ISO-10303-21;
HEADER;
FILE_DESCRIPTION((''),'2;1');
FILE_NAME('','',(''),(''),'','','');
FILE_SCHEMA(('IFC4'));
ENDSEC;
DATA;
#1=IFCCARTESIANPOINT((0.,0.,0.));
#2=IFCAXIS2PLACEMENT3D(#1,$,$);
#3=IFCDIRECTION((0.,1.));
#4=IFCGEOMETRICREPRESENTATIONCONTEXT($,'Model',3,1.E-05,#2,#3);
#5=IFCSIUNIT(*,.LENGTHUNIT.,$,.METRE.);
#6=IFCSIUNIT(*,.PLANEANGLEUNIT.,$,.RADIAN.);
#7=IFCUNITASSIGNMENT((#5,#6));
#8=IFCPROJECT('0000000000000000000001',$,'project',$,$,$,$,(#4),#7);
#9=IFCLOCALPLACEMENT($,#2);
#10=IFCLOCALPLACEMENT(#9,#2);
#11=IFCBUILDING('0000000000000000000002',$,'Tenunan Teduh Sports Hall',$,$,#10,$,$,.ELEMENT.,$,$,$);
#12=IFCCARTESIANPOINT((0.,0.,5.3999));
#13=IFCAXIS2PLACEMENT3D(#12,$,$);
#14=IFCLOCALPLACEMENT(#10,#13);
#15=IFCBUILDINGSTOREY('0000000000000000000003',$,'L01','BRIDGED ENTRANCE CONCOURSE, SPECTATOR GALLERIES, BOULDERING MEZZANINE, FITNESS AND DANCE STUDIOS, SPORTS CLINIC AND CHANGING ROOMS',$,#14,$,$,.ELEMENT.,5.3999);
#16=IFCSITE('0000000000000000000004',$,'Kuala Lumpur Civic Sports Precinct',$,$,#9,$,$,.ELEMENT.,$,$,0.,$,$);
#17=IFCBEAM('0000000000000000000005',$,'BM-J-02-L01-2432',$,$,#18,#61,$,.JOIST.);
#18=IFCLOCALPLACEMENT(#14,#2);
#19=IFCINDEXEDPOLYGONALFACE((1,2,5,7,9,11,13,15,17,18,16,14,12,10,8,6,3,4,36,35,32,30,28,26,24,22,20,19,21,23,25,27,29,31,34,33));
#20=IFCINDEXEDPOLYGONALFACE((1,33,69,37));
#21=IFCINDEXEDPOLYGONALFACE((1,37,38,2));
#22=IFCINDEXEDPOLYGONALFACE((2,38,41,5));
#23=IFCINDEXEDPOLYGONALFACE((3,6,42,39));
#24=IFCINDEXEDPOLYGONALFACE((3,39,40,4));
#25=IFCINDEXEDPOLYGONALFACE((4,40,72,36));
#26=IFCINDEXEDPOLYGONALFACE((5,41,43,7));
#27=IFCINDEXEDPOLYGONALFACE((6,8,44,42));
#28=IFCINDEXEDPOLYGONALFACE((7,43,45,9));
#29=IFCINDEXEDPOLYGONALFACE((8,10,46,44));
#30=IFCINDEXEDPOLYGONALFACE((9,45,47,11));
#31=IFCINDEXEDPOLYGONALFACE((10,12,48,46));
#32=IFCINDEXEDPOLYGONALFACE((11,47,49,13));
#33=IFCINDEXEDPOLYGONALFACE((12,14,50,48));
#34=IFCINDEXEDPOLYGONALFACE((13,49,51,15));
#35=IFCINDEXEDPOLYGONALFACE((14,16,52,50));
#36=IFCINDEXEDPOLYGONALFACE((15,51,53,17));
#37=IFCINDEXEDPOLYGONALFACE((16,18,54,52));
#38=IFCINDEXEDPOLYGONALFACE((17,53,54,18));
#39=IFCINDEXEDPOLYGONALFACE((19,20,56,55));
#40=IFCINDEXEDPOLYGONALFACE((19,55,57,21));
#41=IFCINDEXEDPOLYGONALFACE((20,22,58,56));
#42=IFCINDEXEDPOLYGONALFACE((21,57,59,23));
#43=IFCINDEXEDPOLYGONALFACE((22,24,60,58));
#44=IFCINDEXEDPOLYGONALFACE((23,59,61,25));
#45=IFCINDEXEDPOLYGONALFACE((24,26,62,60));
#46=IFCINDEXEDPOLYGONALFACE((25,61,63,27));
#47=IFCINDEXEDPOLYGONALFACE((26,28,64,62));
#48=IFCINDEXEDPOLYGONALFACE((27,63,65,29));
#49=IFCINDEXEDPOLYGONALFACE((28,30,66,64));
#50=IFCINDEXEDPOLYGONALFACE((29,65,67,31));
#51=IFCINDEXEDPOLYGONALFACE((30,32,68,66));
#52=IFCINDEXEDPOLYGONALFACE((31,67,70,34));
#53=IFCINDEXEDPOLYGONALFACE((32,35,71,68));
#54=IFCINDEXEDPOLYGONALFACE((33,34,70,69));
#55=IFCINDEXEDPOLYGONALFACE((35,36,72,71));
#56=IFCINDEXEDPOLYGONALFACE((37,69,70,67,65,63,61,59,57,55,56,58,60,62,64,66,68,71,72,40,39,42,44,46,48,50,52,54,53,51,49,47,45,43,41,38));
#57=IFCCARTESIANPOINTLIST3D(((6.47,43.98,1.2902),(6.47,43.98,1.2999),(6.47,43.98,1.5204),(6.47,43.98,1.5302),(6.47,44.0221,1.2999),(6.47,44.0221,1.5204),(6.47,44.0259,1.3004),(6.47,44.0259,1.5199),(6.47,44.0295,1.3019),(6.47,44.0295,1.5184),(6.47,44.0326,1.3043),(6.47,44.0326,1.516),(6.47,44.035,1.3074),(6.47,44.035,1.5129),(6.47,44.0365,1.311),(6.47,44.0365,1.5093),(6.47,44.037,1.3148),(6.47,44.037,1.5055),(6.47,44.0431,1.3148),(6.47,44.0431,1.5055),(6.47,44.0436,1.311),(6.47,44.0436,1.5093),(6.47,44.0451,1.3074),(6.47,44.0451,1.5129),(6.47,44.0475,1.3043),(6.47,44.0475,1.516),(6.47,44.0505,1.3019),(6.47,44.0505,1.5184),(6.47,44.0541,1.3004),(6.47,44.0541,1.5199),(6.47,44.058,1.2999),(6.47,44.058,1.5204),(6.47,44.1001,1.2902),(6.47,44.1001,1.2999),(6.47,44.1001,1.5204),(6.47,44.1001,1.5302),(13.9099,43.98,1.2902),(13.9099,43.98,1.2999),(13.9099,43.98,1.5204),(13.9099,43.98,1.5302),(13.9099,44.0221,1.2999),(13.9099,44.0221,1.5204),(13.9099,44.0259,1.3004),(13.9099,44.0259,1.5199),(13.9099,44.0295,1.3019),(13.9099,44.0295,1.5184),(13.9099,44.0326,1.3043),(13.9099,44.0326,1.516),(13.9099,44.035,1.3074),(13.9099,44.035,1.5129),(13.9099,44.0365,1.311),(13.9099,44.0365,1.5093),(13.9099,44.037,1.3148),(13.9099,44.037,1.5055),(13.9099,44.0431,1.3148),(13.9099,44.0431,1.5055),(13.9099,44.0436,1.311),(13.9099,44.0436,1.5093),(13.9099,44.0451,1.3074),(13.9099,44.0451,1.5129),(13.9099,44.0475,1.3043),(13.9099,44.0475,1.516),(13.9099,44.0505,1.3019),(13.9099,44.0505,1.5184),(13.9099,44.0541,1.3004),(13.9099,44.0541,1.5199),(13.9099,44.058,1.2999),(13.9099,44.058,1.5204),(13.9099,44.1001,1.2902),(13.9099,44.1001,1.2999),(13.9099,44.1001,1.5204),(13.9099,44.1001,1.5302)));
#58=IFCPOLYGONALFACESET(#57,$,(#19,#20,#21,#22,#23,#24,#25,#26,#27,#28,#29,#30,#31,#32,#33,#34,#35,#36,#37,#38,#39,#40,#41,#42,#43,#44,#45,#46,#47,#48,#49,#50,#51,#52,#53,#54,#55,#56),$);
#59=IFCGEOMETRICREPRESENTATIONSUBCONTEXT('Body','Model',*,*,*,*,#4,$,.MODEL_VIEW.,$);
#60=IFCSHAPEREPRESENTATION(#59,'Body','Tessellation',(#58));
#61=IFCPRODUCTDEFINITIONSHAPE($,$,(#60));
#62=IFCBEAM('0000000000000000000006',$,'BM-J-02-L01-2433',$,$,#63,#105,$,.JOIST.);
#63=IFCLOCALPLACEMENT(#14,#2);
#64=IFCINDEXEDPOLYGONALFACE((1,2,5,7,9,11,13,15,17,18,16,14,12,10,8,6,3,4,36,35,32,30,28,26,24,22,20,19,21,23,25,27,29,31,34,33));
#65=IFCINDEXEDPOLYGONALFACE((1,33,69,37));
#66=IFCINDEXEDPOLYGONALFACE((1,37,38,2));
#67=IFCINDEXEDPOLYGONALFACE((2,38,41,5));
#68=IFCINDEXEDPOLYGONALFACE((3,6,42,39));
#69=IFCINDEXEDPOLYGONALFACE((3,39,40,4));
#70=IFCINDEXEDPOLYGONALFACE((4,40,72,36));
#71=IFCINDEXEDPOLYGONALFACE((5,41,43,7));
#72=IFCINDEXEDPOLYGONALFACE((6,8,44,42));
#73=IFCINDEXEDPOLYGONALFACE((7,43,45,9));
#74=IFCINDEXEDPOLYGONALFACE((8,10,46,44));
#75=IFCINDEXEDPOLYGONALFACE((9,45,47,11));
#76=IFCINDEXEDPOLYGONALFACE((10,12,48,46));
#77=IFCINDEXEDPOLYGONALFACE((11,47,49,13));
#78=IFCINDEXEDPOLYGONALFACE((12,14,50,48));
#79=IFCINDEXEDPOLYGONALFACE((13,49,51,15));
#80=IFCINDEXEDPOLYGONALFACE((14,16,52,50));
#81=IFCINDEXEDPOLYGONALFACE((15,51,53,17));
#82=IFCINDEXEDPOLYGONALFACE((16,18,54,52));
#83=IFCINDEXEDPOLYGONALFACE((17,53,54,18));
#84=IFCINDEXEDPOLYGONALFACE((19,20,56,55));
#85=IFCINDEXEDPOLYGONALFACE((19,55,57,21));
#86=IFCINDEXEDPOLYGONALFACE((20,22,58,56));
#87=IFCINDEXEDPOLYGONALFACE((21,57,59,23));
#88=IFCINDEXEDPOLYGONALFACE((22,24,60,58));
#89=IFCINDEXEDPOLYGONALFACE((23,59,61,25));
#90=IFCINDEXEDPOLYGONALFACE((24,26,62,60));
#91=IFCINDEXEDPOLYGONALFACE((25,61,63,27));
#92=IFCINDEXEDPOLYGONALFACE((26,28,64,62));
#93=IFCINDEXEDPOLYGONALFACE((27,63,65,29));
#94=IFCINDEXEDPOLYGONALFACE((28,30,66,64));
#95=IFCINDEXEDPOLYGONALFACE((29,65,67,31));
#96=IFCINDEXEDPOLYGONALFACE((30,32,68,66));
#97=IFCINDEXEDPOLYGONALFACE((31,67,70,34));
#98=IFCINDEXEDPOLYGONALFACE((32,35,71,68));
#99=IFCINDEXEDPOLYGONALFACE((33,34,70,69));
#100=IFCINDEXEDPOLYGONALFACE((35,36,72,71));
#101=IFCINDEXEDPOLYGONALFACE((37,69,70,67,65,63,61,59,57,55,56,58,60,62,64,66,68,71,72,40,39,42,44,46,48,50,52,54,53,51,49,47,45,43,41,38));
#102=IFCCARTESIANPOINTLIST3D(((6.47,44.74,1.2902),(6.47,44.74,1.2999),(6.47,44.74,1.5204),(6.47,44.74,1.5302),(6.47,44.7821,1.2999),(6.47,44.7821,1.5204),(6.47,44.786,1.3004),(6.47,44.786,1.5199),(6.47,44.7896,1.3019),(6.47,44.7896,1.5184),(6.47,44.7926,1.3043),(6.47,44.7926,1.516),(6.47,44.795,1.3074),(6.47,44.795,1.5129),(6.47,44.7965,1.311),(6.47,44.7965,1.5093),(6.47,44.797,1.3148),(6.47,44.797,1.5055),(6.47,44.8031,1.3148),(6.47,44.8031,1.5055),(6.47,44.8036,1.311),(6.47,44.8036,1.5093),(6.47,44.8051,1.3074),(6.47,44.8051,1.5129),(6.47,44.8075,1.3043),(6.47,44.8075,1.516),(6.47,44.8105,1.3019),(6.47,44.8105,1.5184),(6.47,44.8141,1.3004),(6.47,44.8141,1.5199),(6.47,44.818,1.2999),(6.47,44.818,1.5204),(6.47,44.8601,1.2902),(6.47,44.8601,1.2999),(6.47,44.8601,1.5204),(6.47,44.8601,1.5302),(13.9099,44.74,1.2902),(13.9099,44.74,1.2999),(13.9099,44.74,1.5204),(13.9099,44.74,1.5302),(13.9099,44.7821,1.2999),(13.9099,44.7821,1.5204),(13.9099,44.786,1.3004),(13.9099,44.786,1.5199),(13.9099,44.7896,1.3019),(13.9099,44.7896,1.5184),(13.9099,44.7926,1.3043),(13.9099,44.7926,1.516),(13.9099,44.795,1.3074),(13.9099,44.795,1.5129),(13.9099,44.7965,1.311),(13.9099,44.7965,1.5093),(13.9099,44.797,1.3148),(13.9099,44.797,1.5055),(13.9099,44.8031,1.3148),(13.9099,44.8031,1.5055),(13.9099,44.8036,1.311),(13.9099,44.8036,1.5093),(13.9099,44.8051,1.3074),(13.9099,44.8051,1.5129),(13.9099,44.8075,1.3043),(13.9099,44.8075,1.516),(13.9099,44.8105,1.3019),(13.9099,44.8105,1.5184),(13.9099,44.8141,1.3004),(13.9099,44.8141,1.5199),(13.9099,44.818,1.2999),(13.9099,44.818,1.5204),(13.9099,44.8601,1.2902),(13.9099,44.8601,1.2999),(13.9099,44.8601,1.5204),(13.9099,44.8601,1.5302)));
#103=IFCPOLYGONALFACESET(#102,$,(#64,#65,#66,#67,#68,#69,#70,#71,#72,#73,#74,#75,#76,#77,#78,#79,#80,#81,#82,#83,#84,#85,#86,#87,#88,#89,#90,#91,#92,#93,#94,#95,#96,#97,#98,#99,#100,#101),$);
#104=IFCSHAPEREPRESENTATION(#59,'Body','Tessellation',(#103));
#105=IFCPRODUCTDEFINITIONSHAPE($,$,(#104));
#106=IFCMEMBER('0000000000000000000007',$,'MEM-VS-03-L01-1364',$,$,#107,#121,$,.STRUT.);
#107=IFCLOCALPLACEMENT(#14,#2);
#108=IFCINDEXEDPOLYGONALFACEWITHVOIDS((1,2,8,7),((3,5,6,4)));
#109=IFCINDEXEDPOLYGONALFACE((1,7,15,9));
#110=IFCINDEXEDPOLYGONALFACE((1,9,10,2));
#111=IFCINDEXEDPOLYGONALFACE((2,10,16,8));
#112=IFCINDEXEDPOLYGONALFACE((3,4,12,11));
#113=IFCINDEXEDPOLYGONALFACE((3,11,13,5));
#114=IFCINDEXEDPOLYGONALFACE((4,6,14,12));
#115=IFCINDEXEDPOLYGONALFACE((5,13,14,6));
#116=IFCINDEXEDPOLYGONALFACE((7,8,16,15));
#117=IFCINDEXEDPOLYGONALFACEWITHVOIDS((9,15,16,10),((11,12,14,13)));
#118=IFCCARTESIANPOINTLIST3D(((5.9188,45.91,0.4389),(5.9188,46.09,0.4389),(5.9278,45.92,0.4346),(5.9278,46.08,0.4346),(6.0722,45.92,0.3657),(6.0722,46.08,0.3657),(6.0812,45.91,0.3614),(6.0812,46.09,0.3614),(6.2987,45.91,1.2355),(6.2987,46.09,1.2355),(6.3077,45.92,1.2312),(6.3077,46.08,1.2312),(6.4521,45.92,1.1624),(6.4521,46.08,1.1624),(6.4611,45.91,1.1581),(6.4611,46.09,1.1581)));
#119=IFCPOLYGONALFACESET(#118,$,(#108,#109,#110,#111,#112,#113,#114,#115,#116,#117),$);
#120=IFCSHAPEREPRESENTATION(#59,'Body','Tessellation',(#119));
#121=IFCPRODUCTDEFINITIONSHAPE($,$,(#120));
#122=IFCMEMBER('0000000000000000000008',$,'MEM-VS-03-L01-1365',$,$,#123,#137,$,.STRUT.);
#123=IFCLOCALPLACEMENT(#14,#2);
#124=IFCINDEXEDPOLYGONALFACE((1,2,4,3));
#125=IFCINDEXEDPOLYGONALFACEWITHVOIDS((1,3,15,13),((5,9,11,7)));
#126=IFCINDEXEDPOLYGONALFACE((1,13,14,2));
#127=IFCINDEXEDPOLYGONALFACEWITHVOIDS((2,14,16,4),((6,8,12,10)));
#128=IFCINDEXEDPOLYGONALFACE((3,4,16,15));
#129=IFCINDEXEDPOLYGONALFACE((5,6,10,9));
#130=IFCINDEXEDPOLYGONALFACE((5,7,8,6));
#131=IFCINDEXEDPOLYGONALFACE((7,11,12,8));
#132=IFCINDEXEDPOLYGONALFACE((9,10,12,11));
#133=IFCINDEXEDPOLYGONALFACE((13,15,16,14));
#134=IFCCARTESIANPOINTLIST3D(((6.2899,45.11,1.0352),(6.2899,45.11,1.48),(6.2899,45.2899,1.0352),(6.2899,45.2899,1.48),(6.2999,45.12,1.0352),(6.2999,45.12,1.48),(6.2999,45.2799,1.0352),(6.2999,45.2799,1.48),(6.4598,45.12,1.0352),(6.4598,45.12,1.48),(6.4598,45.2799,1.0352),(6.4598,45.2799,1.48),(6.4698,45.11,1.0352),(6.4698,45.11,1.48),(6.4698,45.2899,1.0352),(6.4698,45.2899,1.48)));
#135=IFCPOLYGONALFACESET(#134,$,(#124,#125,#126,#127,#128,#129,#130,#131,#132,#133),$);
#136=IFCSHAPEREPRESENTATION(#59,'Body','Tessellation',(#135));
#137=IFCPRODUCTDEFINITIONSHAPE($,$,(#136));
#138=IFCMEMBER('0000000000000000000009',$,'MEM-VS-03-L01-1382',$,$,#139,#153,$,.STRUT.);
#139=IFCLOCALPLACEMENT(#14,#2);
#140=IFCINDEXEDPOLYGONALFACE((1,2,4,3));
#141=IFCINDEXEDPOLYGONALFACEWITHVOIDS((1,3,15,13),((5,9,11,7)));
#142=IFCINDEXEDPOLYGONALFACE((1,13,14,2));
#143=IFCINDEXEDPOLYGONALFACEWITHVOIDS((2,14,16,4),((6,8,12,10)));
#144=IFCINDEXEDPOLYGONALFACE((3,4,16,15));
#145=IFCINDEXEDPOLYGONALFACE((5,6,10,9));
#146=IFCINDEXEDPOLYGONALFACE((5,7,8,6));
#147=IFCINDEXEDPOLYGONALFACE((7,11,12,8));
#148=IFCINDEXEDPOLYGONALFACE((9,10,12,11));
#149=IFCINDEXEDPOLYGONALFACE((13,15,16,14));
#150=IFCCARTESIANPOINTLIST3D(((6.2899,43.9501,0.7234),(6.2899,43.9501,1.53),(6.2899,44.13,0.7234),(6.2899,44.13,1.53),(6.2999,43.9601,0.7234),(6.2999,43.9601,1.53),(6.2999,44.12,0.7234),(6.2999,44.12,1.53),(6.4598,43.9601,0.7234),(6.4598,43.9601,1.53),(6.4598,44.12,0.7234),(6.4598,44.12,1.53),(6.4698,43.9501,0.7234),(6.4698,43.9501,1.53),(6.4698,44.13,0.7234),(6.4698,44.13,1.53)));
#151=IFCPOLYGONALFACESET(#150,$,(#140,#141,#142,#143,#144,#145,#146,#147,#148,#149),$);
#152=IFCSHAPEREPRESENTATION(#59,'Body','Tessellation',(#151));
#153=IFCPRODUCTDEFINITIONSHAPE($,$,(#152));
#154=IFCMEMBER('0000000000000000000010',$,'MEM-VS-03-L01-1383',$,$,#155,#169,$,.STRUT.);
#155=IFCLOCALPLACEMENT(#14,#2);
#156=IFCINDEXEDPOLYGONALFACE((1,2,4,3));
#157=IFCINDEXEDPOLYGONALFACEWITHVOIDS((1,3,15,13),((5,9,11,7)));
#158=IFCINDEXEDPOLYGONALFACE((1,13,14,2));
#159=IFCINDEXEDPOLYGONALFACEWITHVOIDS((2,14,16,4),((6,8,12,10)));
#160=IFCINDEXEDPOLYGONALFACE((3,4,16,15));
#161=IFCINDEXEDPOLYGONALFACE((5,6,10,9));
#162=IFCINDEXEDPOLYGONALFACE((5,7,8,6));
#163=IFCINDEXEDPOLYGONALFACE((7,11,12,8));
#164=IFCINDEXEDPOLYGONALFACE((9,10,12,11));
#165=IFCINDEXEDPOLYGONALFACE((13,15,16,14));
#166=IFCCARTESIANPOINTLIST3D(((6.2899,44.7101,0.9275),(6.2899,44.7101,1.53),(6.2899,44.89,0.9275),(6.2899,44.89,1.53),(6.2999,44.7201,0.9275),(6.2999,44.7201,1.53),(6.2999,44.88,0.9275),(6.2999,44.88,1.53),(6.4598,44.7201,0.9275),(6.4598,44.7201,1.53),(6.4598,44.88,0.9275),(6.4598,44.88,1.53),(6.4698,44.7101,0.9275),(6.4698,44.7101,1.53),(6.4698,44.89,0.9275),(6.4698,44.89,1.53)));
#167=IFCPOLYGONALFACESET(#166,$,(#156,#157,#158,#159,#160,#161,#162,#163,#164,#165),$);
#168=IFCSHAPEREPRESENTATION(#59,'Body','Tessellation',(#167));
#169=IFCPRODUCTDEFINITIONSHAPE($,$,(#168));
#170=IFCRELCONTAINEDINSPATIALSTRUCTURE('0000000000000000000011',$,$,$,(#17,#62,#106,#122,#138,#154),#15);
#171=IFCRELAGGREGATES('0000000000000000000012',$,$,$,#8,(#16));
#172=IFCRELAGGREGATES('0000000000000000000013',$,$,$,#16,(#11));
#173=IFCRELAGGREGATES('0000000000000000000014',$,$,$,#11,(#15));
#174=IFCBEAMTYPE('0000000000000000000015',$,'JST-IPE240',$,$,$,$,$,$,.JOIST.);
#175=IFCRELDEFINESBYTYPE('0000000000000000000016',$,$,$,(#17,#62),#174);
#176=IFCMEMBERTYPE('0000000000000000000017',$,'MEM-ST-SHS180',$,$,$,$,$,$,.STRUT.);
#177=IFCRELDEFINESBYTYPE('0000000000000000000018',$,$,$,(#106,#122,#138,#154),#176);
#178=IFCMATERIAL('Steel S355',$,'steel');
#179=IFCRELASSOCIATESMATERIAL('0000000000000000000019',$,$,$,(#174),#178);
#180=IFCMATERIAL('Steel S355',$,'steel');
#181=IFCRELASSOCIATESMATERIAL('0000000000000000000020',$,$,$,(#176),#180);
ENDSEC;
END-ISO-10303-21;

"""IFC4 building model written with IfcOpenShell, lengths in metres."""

from ifc_helpers import new_model, si_unit, direction, frame, origin, origin_2d, place, context, subcontext, project, spatial, hollow_rectangle, i_section, extrude, material, material_profile, profile_set, type_object, element, save


model = new_model("IFC4")

# Units and contexts
model_context = context("Model", 3, precision=1e-05, world=origin(), true_north=direction((0.0, 1.0)))
body_context = subcontext(model_context, "Body", "Model", "MODEL_VIEW")
ifc_project = project(units=[si_unit("LENGTHUNIT", "METRE"), si_unit("PLANEANGLEUNIT", "RADIAN")], contexts=[model_context])

# Site, building, storey
site_placement = place(None, origin())
site = spatial("IfcSite", under=ifc_project, at=site_placement, Name="Kuala Lumpur Civic Sports Precinct", CompositionType="ELEMENT", RefElevation=0.0)
building_placement = place(site_placement, origin())
building = spatial("IfcBuilding", under=site, at=building_placement, Name="Tenunan Teduh Sports Hall", CompositionType="ELEMENT")
storey_placement = place(building_placement, frame((0.0, 0.0, 5.3999)))
storey = spatial("IfcBuildingStorey", under=building, at=storey_placement, Name="L01", Description="BRIDGED ENTRANCE CONCOURSE, SPECTATOR GALLERIES, BOULDERING MEZZANINE, FITNESS AND DANCE STUDIOS, SPORTS CLINIC AND CHANGING ROOMS", CompositionType="ELEMENT", Elevation=5.3999)

# Beams
ifc_material_1 = material(Name="Steel S355", Category="steel")
ifc_material_profile_1 = material_profile(ifc_material_1, i_section(OverallWidth=0.1201, OverallDepth=0.24, WebThickness=0.0061, FlangeThickness=0.0098, FilletRadius=0.0149, at=origin_2d()), Name="IPE 240")
ifc_profile_set_1 = profile_set([ifc_material_profile_1], Name="Steel S355")
beam_type_1 = type_object("IfcBeamType", Name="JST-IPE240", PredefinedType="JOIST", material=ifc_profile_set_1)
for number, where, z_axis, x_axis, name in (
    (1, (6.47, 44.04, 1.4102), (1.0, 0.0, 0.0), (0.0, 1.0, 0.0), "BM-J-02-L01-2432"),
    (2, (6.47, 44.8, 1.4102), (1.0, 0.0, 0.0), (0.0, 1.0, 0.0), "BM-J-02-L01-2433"),
):
    element("IfcBeam", number, at=place(storey_placement, frame(where, z_axis=z_axis, x_axis=x_axis)), inside=storey, type_object=beam_type_1, Name=name, PredefinedType="JOIST", context=body_context, shape_type="SweptSolid", body=[
        extrude(i_section(OverallWidth=0.1201, OverallDepth=0.24, WebThickness=0.0061, FlangeThickness=0.0098, FilletRadius=0.0149, at=origin_2d()), origin(), (0.0, 0.0, 1.0), 7.4399),
    ])

# Members
ifc_material_2 = material(Name="Steel S355", Category="steel")
ifc_material_profile_2 = material_profile(ifc_material_2, hollow_rectangle(XDim=0.1799, YDim=0.1799, WallThickness=0.01, at=origin_2d()), Name="SHS 180x180x10.0")
ifc_profile_set_2 = profile_set([ifc_material_profile_2], Name="Steel S355")
member_type_1 = type_object("IfcMemberType", Name="MEM-ST-SHS180", PredefinedType="STRUT", material=ifc_profile_set_2)
member_1_placement = place(storey_placement, frame((6.0, 46.0, 0.4001), z_axis=(0.430427, 0.0, 0.902625), x_axis=(0.0, 1.0, 0.0)))
element("IfcMember", 3, at=member_1_placement, inside=storey, type_object=member_type_1, Name="MEM-VS-03-L01-1364", PredefinedType="STRUT", context=body_context, shape_type="SweptSolid", body=[
    extrude(hollow_rectangle(XDim=0.1799, YDim=0.1799, WallThickness=0.01, at=origin_2d()), origin(), (0.0, 0.0, 1.0), 0.8826),
])
member_2_placement = place(storey_placement, frame((6.3799, 45.2, 1.0352), z_axis=(0.0, 0.0, 1.0), x_axis=(1.0, 0.0, 0.0)))
element("IfcMember", 4, at=member_2_placement, inside=storey, type_object=member_type_1, Name="MEM-VS-03-L01-1365", PredefinedType="STRUT", context=body_context, shape_type="SweptSolid", body=[
    extrude(hollow_rectangle(XDim=0.1799, YDim=0.1799, WallThickness=0.01, at=origin_2d()), origin(), (0.0, 0.0, 1.0), 0.4448),
])
member_3_placement = place(storey_placement, frame((6.3799, 44.04, 0.7234), z_axis=(0.0, 0.0, 1.0), x_axis=(1.0, 0.0, 0.0)))
element("IfcMember", 5, at=member_3_placement, inside=storey, type_object=member_type_1, Name="MEM-VS-03-L01-1382", PredefinedType="STRUT", context=body_context, shape_type="SweptSolid", body=[
    extrude(hollow_rectangle(XDim=0.1799, YDim=0.1799, WallThickness=0.01, at=origin_2d()), origin(), (0.0, 0.0, 1.0), 0.8066),
])
member_4_placement = place(storey_placement, frame((6.3799, 44.8, 0.9275), z_axis=(0.0, 0.0, 1.0), x_axis=(1.0, 0.0, 0.0)))
element("IfcMember", 6, at=member_4_placement, inside=storey, type_object=member_type_1, Name="MEM-VS-03-L01-1383", PredefinedType="STRUT", context=body_context, shape_type="SweptSolid", body=[
    extrude(hollow_rectangle(XDim=0.1799, YDim=0.1799, WallThickness=0.01, at=origin_2d()), origin(), (0.0, 0.0, 1.0), 0.6025),
])

save(model, "model.ifc")
